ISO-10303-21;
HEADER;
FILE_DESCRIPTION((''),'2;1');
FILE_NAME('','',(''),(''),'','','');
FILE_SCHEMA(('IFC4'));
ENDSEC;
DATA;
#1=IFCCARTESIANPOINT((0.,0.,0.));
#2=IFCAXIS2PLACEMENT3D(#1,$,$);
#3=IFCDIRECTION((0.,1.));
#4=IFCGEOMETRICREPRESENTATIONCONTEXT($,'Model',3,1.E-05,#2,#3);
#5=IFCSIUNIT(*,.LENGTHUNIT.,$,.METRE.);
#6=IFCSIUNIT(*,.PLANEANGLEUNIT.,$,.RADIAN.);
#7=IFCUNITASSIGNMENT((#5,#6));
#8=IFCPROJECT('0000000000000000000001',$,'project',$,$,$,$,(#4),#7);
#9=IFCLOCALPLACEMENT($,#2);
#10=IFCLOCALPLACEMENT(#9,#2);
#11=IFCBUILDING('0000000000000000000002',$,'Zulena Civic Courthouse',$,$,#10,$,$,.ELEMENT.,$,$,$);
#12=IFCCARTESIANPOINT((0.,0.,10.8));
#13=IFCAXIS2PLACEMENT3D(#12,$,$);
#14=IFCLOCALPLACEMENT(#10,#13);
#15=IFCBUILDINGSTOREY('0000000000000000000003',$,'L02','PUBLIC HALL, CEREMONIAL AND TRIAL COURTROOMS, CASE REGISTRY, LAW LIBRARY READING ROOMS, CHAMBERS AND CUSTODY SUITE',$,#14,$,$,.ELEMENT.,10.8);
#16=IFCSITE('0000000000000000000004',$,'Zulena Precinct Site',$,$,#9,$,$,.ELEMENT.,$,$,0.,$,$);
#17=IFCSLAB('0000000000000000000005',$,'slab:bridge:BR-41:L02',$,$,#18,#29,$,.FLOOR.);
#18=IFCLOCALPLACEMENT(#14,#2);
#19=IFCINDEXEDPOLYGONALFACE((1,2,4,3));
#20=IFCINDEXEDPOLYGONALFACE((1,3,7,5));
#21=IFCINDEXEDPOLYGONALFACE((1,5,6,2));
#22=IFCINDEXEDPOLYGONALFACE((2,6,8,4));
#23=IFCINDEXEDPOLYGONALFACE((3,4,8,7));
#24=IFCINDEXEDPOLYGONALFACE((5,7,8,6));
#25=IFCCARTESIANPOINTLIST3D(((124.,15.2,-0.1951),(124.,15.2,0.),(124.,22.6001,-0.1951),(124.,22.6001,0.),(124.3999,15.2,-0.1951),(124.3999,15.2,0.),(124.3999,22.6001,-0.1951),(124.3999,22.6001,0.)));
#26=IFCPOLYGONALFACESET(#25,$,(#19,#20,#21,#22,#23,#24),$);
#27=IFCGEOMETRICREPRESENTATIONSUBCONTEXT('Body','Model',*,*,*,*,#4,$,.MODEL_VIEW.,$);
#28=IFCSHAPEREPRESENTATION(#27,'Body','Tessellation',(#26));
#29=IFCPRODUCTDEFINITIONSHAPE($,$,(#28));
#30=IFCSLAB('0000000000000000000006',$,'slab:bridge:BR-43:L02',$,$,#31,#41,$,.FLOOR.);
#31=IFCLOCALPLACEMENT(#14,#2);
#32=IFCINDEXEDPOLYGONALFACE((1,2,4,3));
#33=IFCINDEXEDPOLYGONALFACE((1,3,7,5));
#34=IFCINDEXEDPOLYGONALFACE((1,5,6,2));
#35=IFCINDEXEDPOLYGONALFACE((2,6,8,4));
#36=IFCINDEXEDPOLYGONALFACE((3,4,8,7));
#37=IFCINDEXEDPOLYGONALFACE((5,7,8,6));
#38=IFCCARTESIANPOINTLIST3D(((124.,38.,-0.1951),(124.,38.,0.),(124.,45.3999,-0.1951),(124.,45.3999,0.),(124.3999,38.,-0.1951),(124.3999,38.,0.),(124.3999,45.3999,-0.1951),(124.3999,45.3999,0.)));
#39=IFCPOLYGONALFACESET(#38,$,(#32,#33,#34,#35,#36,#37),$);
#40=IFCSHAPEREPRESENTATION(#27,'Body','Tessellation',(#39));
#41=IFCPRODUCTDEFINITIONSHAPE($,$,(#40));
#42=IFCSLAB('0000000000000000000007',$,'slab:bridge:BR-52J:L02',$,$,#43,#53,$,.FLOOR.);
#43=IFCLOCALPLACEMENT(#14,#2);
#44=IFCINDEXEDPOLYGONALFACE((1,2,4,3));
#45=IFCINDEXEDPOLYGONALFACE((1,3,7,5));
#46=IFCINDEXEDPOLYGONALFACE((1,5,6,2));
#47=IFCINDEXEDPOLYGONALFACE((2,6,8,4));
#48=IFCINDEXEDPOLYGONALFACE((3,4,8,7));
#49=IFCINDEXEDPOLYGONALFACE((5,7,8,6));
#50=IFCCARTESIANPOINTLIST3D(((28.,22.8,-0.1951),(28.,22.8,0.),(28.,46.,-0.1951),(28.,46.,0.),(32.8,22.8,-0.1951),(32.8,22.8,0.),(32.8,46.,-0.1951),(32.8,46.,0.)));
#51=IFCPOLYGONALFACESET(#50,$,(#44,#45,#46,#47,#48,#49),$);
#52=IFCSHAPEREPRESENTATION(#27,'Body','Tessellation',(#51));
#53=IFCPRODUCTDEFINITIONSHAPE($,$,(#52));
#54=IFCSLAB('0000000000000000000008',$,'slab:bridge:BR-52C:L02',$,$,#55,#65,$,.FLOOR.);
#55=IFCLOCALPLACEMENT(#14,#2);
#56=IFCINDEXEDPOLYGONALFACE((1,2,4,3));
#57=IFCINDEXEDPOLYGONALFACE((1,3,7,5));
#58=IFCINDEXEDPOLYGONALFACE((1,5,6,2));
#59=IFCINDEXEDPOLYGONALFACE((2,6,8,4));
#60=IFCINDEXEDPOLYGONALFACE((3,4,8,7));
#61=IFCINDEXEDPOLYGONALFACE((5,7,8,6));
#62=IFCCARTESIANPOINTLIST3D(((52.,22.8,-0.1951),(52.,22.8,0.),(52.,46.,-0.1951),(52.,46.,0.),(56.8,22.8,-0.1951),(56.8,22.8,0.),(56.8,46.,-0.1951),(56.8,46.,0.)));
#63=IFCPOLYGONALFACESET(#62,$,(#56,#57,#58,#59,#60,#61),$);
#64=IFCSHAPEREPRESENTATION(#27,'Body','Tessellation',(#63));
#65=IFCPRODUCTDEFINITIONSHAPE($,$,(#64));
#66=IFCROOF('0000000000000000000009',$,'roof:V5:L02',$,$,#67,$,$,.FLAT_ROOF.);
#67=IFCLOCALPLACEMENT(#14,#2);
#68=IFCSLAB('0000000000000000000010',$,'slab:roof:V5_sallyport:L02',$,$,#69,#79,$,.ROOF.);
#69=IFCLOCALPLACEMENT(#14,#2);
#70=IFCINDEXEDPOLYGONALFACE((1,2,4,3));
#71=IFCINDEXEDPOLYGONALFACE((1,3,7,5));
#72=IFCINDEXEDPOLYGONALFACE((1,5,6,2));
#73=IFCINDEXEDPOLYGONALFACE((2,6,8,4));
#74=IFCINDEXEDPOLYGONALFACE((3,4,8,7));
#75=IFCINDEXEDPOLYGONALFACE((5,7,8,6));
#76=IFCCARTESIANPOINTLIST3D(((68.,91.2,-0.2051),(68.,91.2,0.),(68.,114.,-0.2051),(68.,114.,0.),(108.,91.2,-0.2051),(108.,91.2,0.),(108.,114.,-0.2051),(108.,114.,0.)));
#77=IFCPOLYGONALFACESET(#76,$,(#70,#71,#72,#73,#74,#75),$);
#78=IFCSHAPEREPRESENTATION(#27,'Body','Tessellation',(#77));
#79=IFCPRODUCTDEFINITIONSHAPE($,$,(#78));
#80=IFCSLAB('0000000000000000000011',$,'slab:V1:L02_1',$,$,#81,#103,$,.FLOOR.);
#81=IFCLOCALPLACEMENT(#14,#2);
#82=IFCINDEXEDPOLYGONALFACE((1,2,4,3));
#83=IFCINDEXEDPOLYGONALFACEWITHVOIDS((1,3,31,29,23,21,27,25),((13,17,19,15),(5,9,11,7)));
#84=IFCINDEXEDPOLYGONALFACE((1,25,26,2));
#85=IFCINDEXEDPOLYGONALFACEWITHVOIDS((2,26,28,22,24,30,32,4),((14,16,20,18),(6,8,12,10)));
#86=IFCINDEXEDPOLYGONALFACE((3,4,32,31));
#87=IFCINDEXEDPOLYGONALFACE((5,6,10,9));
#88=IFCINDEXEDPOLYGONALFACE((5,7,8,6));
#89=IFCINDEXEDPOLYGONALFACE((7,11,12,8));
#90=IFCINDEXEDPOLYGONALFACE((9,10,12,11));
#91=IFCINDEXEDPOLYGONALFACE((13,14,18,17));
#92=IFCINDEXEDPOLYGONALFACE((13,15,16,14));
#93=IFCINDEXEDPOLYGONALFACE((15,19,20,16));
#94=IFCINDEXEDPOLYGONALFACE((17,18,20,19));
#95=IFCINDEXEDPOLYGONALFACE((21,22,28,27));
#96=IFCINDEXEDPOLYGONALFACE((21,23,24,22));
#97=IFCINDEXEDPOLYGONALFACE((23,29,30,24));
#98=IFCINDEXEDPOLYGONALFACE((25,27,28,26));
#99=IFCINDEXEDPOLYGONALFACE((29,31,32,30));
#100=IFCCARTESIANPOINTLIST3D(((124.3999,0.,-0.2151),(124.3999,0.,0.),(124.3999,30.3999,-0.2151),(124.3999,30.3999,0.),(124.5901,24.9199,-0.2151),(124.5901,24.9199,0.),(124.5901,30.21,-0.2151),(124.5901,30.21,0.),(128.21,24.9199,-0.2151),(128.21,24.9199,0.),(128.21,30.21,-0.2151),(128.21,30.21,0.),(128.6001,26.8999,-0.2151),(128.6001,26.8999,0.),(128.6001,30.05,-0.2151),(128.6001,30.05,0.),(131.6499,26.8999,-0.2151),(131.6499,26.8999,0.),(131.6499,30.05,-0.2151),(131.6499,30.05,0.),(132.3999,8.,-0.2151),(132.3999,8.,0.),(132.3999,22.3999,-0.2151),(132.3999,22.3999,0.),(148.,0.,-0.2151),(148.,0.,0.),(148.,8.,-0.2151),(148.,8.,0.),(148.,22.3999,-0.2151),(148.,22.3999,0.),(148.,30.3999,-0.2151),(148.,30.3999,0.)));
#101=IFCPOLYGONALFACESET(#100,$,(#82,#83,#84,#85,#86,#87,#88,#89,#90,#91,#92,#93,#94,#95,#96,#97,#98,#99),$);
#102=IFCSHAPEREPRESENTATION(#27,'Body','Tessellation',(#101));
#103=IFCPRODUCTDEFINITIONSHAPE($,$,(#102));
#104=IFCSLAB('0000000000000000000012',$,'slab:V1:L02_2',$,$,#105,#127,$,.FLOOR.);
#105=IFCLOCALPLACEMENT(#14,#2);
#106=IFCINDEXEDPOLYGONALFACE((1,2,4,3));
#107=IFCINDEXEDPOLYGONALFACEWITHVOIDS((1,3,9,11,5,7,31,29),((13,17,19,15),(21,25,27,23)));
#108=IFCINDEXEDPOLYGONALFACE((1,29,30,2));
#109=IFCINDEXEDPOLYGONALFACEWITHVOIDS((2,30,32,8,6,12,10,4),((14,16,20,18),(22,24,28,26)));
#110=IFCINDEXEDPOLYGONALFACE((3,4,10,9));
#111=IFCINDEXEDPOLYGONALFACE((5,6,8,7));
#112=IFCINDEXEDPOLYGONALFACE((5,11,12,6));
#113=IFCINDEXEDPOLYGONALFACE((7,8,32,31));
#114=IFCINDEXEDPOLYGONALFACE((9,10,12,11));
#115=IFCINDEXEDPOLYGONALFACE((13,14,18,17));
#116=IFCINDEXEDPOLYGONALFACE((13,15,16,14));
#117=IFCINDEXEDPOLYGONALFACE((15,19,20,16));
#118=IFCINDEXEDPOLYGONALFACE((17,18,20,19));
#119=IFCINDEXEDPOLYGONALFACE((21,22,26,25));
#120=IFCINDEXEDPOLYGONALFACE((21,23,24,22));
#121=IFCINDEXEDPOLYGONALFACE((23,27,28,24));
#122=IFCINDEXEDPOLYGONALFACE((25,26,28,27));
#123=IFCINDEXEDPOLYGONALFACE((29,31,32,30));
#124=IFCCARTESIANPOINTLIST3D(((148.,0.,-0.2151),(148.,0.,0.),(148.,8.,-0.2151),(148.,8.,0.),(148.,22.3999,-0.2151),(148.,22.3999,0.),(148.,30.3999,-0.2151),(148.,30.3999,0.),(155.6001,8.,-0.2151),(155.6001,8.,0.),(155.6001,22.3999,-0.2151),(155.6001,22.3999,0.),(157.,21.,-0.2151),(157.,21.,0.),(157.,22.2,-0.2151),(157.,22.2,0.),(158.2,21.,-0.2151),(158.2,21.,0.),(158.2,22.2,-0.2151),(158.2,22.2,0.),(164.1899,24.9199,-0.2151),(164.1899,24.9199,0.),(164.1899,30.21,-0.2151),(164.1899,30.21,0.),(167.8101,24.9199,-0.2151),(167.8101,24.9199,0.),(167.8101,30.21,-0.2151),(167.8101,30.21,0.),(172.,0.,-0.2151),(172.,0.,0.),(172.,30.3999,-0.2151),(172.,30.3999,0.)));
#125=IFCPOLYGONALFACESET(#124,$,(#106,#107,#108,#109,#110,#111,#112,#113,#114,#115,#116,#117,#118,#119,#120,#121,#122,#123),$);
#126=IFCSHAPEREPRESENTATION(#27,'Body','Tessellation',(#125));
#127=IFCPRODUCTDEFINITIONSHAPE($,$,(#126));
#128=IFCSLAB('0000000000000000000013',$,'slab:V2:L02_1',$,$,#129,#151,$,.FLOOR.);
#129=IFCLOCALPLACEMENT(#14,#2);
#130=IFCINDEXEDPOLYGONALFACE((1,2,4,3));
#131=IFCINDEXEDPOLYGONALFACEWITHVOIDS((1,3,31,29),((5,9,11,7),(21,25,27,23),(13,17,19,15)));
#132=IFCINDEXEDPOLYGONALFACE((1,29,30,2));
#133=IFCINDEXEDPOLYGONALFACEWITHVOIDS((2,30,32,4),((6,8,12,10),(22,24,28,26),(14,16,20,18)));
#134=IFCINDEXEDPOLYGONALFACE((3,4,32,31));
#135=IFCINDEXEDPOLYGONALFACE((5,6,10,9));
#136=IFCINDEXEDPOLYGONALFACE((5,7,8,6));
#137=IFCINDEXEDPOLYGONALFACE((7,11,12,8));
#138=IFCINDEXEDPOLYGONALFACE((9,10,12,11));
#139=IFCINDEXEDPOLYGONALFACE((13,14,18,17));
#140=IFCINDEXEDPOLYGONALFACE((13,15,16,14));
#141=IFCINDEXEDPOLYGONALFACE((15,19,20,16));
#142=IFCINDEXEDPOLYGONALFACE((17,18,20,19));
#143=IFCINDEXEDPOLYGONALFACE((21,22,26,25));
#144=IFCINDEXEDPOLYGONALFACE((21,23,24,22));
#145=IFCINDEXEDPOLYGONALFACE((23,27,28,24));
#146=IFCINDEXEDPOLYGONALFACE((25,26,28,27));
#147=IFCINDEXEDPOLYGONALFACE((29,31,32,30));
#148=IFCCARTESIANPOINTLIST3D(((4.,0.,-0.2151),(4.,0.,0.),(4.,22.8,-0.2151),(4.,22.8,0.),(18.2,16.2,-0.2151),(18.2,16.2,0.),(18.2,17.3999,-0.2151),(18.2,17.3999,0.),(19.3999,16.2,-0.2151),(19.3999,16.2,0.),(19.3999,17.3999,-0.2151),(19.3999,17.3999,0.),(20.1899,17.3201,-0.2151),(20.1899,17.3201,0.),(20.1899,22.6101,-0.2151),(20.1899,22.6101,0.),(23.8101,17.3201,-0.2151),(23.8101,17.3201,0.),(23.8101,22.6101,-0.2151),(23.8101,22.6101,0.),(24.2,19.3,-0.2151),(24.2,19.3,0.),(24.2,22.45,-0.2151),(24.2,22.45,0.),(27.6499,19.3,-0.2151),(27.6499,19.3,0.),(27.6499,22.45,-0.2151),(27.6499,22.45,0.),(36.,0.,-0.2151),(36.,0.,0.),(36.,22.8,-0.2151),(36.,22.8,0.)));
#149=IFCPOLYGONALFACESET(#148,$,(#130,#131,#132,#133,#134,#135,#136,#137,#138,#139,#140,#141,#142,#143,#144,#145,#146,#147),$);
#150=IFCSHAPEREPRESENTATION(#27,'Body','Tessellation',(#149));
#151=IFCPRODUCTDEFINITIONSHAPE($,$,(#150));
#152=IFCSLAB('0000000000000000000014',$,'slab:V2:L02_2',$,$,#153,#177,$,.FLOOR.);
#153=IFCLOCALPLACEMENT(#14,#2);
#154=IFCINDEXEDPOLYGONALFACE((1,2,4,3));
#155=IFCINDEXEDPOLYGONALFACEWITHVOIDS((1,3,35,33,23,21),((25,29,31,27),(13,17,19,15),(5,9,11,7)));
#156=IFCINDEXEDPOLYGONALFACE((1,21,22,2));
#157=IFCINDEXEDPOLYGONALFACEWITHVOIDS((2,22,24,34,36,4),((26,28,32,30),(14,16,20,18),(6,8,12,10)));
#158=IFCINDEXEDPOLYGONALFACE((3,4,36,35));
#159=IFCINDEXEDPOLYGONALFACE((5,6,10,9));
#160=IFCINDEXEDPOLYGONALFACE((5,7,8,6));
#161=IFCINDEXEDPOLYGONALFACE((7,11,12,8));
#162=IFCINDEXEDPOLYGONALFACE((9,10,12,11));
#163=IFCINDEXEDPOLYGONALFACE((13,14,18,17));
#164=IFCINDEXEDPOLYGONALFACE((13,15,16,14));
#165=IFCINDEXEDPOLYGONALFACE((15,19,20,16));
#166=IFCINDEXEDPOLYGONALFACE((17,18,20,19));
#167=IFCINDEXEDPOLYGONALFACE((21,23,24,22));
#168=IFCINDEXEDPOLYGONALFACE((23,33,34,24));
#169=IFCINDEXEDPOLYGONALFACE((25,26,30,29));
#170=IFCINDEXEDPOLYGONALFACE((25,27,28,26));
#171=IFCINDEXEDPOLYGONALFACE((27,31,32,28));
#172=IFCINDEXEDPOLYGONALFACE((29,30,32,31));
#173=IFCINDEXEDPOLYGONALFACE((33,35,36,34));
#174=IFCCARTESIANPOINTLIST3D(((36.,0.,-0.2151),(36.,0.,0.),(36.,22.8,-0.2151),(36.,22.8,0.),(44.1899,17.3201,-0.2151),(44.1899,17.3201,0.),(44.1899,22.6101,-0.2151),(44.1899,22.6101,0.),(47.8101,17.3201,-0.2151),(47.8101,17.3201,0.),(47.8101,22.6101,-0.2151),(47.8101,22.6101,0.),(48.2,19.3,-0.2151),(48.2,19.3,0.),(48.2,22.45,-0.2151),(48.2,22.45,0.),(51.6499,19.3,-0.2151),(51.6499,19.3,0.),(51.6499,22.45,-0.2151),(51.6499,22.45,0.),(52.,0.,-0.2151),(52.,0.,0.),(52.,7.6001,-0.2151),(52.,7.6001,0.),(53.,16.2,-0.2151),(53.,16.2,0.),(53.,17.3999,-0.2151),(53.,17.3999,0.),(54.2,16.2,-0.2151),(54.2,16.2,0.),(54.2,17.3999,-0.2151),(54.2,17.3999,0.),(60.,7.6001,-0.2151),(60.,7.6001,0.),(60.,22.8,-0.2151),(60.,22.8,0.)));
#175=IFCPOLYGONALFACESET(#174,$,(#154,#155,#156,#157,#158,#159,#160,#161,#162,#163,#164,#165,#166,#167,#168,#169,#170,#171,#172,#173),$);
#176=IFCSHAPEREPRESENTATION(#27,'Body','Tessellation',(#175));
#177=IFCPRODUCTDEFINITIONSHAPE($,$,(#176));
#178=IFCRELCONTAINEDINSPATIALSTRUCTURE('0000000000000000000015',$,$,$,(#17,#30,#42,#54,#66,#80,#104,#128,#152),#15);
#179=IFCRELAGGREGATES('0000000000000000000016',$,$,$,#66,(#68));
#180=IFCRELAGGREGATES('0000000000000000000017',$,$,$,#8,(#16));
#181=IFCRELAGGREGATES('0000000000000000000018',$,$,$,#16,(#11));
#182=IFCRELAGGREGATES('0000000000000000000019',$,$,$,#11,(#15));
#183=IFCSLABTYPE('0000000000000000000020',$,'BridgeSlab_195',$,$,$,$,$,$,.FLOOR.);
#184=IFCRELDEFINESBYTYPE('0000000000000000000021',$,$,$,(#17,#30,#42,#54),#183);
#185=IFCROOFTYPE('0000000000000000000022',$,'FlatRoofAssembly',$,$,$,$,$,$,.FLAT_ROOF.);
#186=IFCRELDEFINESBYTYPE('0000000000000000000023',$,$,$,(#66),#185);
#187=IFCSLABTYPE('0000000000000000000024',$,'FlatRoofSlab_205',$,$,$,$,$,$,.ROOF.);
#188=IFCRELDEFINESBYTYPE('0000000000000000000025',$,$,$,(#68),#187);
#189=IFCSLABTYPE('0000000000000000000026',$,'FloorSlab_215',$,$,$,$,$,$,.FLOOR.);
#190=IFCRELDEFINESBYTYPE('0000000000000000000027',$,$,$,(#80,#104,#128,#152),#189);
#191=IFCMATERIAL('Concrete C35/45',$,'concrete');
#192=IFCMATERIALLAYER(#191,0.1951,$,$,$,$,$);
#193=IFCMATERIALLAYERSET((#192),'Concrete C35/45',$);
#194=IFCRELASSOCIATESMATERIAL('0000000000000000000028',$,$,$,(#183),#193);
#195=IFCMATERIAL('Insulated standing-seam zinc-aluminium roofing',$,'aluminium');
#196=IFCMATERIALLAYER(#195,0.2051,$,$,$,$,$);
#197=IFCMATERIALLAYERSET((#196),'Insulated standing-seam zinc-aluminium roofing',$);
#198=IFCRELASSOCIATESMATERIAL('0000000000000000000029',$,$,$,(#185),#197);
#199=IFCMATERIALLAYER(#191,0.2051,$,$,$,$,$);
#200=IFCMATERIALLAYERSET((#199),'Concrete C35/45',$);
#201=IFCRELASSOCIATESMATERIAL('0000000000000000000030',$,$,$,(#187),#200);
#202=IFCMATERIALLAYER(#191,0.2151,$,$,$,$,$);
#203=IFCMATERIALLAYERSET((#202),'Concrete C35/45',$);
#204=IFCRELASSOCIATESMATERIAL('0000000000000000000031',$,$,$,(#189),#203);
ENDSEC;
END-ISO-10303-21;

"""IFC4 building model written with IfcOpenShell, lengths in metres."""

from ifc_helpers import new_model, si_unit, direction, frame, origin, place, context, subcontext, project, spatial, polyline, outline, extrude, material, layer, layer_set, type_object, element, aggregate, save


model = new_model("IFC4")

# Units and contexts
model_context = context("Model", 3, precision=1e-05, world=origin(), true_north=direction((0.0, 1.0)))
body_context = subcontext(model_context, "Body", "Model", "MODEL_VIEW")
ifc_project = project(units=[si_unit("LENGTHUNIT", "METRE"), si_unit("PLANEANGLEUNIT", "RADIAN")], contexts=[model_context])

# Site, building, storey
site_placement = place(None, origin())
site = spatial("IfcSite", under=ifc_project, at=site_placement, Name="Zulena Precinct Site", CompositionType="ELEMENT", RefElevation=0.0)
building_placement = place(site_placement, origin())
building = spatial("IfcBuilding", under=site, at=building_placement, Name="Zulena Civic Courthouse", CompositionType="ELEMENT")
storey_placement = place(building_placement, frame((0.0, 0.0, 10.8)))
storey = spatial("IfcBuildingStorey", under=building, at=storey_placement, Name="L02", Description="PUBLIC HALL, CEREMONIAL AND TRIAL COURTROOMS, CASE REGISTRY, LAW LIBRARY READING ROOMS, CHAMBERS AND CUSTODY SUITE", CompositionType="ELEMENT", Elevation=10.8)

# Slabs
ifc_material_1 = material(Name="Concrete C35/45", Category="concrete")
ifc_layer_1 = layer(ifc_material_1, 0.1951)
ifc_layer_set_1 = layer_set([ifc_layer_1], Name="Concrete C35/45")
slab_type_1 = type_object("IfcSlabType", Name="BridgeSlab_195", PredefinedType="FLOOR", material=ifc_layer_set_1)
slab_1_placement = place(storey_placement, frame((0.0, 0.0, -0.1951)))
element("IfcSlab", 1, at=slab_1_placement, inside=storey, type_object=slab_type_1, Name="slab:bridge:BR-41:L02", PredefinedType="FLOOR", context=body_context, shape_type="SweptSolid", body=[
    extrude(outline(polyline([(124.0, 15.2), (124.3999, 15.2), (124.3999, 22.6001), (124.0, 22.6001), (124.0, 15.2)])), origin(), (0.0, 0.0, 1.0), 0.1951),
])
slab_2_placement = place(storey_placement, frame((0.0, 0.0, -0.1951)))
element("IfcSlab", 2, at=slab_2_placement, inside=storey, type_object=slab_type_1, Name="slab:bridge:BR-43:L02", PredefinedType="FLOOR", context=body_context, shape_type="SweptSolid", body=[
    extrude(outline(polyline([(124.0, 38.0), (124.3999, 38.0), (124.3999, 45.3999), (124.0, 45.3999), (124.0, 38.0)])), origin(), (0.0, 0.0, 1.0), 0.1951),
])
slab_3_placement = place(storey_placement, frame((0.0, 0.0, -0.1951)))
element("IfcSlab", 3, at=slab_3_placement, inside=storey, type_object=slab_type_1, Name="slab:bridge:BR-52J:L02", PredefinedType="FLOOR", context=body_context, shape_type="SweptSolid", body=[
    extrude(outline(polyline([(28.0, 22.8), (32.8, 22.8), (32.8, 46.0), (28.0, 46.0), (28.0, 22.8)])), origin(), (0.0, 0.0, 1.0), 0.1951),
])
slab_4_placement = place(storey_placement, frame((0.0, 0.0, -0.1951)))
element("IfcSlab", 4, at=slab_4_placement, inside=storey, type_object=slab_type_1, Name="slab:bridge:BR-52C:L02", PredefinedType="FLOOR", context=body_context, shape_type="SweptSolid", body=[
    extrude(outline(polyline([(52.0, 22.8), (56.8, 22.8), (56.8, 46.0), (52.0, 46.0), (52.0, 22.8)])), origin(), (0.0, 0.0, 1.0), 0.1951),
])

# Roof, slab
ifc_material_2 = material(Name="Insulated standing-seam zinc-aluminium roofing", Category="aluminium")
ifc_layer_2 = layer(ifc_material_2, 0.2051)
ifc_layer_set_2 = layer_set([ifc_layer_2], Name="Insulated standing-seam zinc-aluminium roofing")
roof_type = type_object("IfcRoofType", Name="FlatRoofAssembly", PredefinedType="FLAT_ROOF", material=ifc_layer_set_2)
roof_placement = place(storey_placement, origin())
roof = element("IfcRoof", 5, at=roof_placement, inside=storey, type_object=roof_type, Name="roof:V5:L02", PredefinedType="FLAT_ROOF")
ifc_layer_3 = layer(ifc_material_1, 0.2051)
ifc_layer_set_3 = layer_set([ifc_layer_3], Name="Concrete C35/45")
slab_type_2 = type_object("IfcSlabType", Name="FlatRoofSlab_205", PredefinedType="ROOF", material=ifc_layer_set_3)
slab_5_placement = place(storey_placement, frame((0.0, 0.0, -0.2051)))
slab_5 = element("IfcSlab", 6, at=slab_5_placement, type_object=slab_type_2, Name="slab:roof:V5_sallyport:L02", PredefinedType="ROOF", context=body_context, shape_type="SweptSolid", body=[
    extrude(outline(polyline([(68.0, 91.2), (108.0, 91.2), (108.0, 114.0), (68.0, 114.0), (68.0, 91.2)])), origin(), (0.0, 0.0, 1.0), 0.2051),
])
aggregate(roof, [slab_5])

# Slabs
ifc_layer_4 = layer(ifc_material_1, 0.2151)
ifc_layer_set_4 = layer_set([ifc_layer_4], Name="Concrete C35/45")
slab_type_3 = type_object("IfcSlabType", Name="FloorSlab_215", PredefinedType="FLOOR", material=ifc_layer_set_4)
slab_6_placement = place(storey_placement, frame((0.0, 0.0, -0.2151)))
element("IfcSlab", 7, at=slab_6_placement, inside=storey, type_object=slab_type_3, Name="slab:V1:L02_1", PredefinedType="FLOOR", context=body_context, shape_type="SweptSolid", body=[
    extrude(outline(polyline([(148.0, 30.3999), (148.0, 22.3999), (132.3999, 22.3999), (132.3999, 8.0), (148.0, 8.0), (148.0, 0.0), (124.3999, 0.0), (124.3999, 30.3999), (148.0, 30.3999)]), holes=[polyline([(128.21, 30.21), (124.5901, 30.21), (124.5901, 24.9199), (128.21, 24.9199), (128.21, 30.21)]), polyline([(131.6499, 26.8999), (131.6499, 30.05), (128.6001, 30.05), (128.6001, 26.8999), (131.6499, 26.8999)])]), origin(), (0.0, 0.0, 1.0), 0.2151),
])
slab_7_placement = place(storey_placement, frame((0.0, 0.0, -0.2151)))
element("IfcSlab", 8, at=slab_7_placement, inside=storey, type_object=slab_type_3, Name="slab:V1:L02_2", PredefinedType="FLOOR", context=body_context, shape_type="SweptSolid", body=[
    extrude(outline(polyline([(172.0, 30.3999), (172.0, 0.0), (148.0, 0.0), (148.0, 8.0), (155.6001, 8.0), (155.6001, 22.3999), (148.0, 22.3999), (148.0, 30.3999), (172.0, 30.3999)]), holes=[polyline([(164.1899, 24.9199), (167.8101, 24.9199), (167.8101, 30.21), (164.1899, 30.21), (164.1899, 24.9199)]), polyline([(157.0, 22.2), (157.0, 21.0), (158.2, 21.0), (158.2, 22.2), (157.0, 22.2)])]), origin(), (0.0, 0.0, 1.0), 0.2151),
])
slab_8_placement = place(storey_placement, frame((0.0, 0.0, -0.2151)))
element("IfcSlab", 9, at=slab_8_placement, inside=storey, type_object=slab_type_3, Name="slab:V2:L02_1", PredefinedType="FLOOR", context=body_context, shape_type="SweptSolid", body=[
    extrude(outline(polyline([(4.0, 22.8), (36.0, 22.8), (36.0, 0.0), (4.0, 0.0), (4.0, 22.8)]), holes=[polyline([(20.1899, 22.6101), (20.1899, 17.3201), (23.8101, 17.3201), (23.8101, 22.6101), (20.1899, 22.6101)]), polyline([(27.6499, 22.45), (24.2, 22.45), (24.2, 19.3), (27.6499, 19.3), (27.6499, 22.45)]), polyline([(18.2, 17.3999), (18.2, 16.2), (19.3999, 16.2), (19.3999, 17.3999), (18.2, 17.3999)])]), origin(), (0.0, 0.0, 1.0), 0.2151),
])
slab_9_placement = place(storey_placement, frame((0.0, 0.0, -0.2151)))
element("IfcSlab", 10, at=slab_9_placement, inside=storey, type_object=slab_type_3, Name="slab:V2:L02_2", PredefinedType="FLOOR", context=body_context, shape_type="SweptSolid", body=[
    extrude(outline(polyline([(60.0, 22.8), (60.0, 7.6001), (52.0, 7.6001), (52.0, 0.0), (36.0, 0.0), (36.0, 22.8), (60.0, 22.8)]), holes=[polyline([(47.8101, 17.3201), (47.8101, 22.6101), (44.1899, 22.6101), (44.1899, 17.3201), (47.8101, 17.3201)]), polyline([(48.2, 19.3), (51.6499, 19.3), (51.6499, 22.45), (48.2, 22.45), (48.2, 19.3)]), polyline([(54.2, 17.3999), (53.0, 17.3999), (53.0, 16.2), (54.2, 16.2), (54.2, 17.3999)])]), origin(), (0.0, 0.0, 1.0), 0.2151),
])

save(model, "model.ifc")
